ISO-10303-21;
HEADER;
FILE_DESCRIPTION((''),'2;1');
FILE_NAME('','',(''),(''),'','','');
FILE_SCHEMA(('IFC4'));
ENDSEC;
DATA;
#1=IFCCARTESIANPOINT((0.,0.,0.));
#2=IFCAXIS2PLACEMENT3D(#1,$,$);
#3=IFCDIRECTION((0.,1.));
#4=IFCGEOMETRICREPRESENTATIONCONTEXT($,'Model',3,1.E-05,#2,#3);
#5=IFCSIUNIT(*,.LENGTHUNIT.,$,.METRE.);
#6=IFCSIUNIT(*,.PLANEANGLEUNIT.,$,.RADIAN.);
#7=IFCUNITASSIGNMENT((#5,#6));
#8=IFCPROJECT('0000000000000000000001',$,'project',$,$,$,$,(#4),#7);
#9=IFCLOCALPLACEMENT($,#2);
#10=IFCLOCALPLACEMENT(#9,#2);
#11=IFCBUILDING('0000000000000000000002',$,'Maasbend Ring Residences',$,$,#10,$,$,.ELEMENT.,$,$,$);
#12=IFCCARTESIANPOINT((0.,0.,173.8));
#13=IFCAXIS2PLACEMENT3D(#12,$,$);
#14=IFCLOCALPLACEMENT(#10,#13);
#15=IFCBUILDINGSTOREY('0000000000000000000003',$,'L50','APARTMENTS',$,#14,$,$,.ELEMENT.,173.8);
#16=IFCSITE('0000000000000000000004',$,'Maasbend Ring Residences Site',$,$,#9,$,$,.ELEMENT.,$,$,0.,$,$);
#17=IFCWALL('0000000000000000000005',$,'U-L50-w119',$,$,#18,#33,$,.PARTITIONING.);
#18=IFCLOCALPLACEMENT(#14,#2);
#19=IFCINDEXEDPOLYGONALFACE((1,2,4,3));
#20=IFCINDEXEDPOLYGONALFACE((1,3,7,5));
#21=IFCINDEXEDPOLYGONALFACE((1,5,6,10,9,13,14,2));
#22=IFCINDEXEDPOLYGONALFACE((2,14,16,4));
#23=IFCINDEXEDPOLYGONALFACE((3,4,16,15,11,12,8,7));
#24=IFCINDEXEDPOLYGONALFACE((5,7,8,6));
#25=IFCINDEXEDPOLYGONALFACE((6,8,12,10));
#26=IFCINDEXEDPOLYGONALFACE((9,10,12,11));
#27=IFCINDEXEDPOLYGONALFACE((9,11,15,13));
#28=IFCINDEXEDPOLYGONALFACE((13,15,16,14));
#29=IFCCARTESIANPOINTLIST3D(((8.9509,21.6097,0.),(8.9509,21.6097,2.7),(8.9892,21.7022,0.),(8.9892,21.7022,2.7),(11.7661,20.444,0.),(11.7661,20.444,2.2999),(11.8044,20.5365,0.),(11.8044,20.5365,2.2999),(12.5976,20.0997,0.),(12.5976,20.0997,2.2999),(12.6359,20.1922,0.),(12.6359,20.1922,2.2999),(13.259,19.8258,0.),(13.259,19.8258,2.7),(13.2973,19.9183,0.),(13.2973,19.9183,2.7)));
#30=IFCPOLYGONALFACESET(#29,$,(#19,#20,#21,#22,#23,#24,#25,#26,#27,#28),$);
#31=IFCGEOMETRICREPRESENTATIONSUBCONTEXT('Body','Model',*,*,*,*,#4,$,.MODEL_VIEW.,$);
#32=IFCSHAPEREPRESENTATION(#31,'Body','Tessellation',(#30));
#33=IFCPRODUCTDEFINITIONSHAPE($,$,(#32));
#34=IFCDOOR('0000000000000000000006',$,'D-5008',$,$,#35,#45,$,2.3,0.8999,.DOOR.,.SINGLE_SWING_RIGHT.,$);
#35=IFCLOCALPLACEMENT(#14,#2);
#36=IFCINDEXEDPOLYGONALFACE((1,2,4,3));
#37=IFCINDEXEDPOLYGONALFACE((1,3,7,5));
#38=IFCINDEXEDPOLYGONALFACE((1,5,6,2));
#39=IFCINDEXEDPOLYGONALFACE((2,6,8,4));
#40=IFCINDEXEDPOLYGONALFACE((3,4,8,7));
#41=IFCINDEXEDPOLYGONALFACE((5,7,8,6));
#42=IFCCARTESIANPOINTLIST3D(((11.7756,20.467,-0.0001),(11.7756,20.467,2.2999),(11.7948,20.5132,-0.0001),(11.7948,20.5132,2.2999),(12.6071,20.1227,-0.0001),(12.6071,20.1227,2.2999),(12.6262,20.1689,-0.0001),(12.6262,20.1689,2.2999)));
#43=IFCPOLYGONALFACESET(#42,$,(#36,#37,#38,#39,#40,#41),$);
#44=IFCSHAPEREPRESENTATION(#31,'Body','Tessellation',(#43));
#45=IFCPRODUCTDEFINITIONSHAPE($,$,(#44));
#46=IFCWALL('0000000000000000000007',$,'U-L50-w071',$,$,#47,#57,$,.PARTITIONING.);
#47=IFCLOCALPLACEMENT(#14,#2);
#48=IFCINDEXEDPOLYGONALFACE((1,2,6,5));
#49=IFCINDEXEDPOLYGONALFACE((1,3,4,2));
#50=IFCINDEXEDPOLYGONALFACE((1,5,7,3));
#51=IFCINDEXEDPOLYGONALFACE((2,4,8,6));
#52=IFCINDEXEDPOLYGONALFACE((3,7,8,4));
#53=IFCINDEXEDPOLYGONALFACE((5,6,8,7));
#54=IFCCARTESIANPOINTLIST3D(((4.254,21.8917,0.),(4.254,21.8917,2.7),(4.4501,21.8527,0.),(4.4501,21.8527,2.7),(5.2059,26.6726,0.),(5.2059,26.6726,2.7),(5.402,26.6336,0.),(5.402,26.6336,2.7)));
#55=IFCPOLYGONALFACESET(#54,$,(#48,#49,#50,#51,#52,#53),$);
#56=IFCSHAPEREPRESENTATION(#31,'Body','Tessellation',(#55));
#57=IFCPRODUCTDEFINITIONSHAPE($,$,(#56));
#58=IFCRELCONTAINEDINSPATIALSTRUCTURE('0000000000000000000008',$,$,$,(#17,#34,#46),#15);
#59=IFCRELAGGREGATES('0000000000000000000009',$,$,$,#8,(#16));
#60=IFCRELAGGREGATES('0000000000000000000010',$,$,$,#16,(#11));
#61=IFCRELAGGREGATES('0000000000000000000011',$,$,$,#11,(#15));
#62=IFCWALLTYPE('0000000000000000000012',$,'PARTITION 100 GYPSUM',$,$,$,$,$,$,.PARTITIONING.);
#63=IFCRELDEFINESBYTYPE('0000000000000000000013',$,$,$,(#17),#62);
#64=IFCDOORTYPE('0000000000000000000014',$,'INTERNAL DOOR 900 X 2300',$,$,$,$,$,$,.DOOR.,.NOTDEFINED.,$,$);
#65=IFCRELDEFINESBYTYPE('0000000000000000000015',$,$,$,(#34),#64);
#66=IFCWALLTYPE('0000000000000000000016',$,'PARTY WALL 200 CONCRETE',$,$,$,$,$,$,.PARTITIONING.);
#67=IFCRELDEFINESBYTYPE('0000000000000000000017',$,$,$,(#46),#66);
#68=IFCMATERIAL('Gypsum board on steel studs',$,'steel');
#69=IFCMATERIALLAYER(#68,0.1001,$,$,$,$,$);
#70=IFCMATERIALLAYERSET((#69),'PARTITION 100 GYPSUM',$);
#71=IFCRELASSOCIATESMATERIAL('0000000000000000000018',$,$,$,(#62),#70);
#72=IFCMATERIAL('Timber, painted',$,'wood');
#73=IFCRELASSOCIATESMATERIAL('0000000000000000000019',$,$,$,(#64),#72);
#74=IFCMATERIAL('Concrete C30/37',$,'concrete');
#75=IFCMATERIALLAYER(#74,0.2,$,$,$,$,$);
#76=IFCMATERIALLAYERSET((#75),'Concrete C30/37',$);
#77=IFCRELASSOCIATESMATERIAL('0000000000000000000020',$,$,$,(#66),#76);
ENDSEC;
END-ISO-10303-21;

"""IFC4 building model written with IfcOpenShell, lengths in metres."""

from ifc_helpers import new_model, si_unit, direction, frame, frame_2d, origin, place, context, subcontext, project, spatial, rectangle, extrude, material, layer, layer_set, type_object, element, fill, save


model = new_model("IFC4")

# Units and contexts
model_context = context("Model", 3, precision=1e-05, world=origin(), true_north=direction((0.0, 1.0)))
body_context = subcontext(model_context, "Body", "Model", "MODEL_VIEW")
ifc_project = project(units=[si_unit("LENGTHUNIT", "METRE"), si_unit("PLANEANGLEUNIT", "RADIAN")], contexts=[model_context])

# Site, building, storey
site_placement = place(None, origin())
site = spatial("IfcSite", under=ifc_project, at=site_placement, Name="Maasbend Ring Residences Site", CompositionType="ELEMENT", RefElevation=0.0)
building_placement = place(site_placement, origin())
building = spatial("IfcBuilding", under=site, at=building_placement, Name="Maasbend Ring Residences", CompositionType="ELEMENT")
storey_placement = place(building_placement, frame((0.0, 0.0, 173.8)))
storey = spatial("IfcBuildingStorey", under=building, at=storey_placement, Name="L50", Description="APARTMENTS", CompositionType="ELEMENT", Elevation=173.8)

# Shared definitions
ifc_material_1 = material(Name="Gypsum board on steel studs", Category="steel")
ifc_layer_1 = layer(ifc_material_1, 0.1001)
ifc_layer_set_1 = layer_set([ifc_layer_1], Name="PARTITION 100 GYPSUM")
wall_type_1 = type_object("IfcWallType", Name="PARTITION 100 GYPSUM", PredefinedType="PARTITIONING", material=ifc_layer_set_1)
ifc_material_2 = material(Name="Timber, painted", Category="wood")
door_type_1 = type_object("IfcDoorType", Name="INTERNAL DOOR 900 X 2300", OperationType="NOTDEFINED", PredefinedType="DOOR", material=ifc_material_2)

# Wall, opening, door
wall_1_placement = place(storey_placement, frame((8.97, 21.656, 0.0), z_axis=(0.0, 0.0, 1.0), x_axis=(0.92392, -0.382585, 0.0)))
wall_1 = element("IfcWall", 1, at=wall_1_placement, inside=storey, type_object=wall_type_1, Name="U-L50-w119", PredefinedType="PARTITIONING", context=body_context, shape_type="SweptSolid", body=[
    extrude(rectangle(XDim=4.6628, YDim=0.1001, at=frame_2d((2.3315, 0.0))), origin(), (0.0, 0.0, 1.0), 2.7),
])
opening_1_placement = place(wall_1_placement, frame((3.0471, 0.0, 0.0)))
opening_1 = element("IfcOpeningElement", 2, at=opening_1_placement, cuts=wall_1, PredefinedType="OPENING", context=body_context, shape_type="SweptSolid", body=[
    extrude(rectangle(XDim=0.8999, YDim=2.3, at=frame_2d((0.45, 1.1499))), frame((0.0, 0.0601, 0.0), z_axis=(0.0, -1.0, 0.0), x_axis=(1.0, 0.0, 0.0)), (0.0, 0.0, 1.0), 0.1201),
])
door_1_placement = place(opening_1_placement, origin())
door_1 = element("IfcDoor", 3, at=door_1_placement, inside=storey, type_object=door_type_1, Name="D-5008", OperationType="SINGLE_SWING_RIGHT", OverallHeight=2.3, OverallWidth=0.8999, PredefinedType="DOOR", context=body_context, shape_type="SweptSolid", body=[
    extrude(rectangle(XDim=0.8999, YDim=2.3, at=frame_2d((0.45, 1.1499))), frame((0.0, 0.0249, 0.0), z_axis=(0.0, -1.0, 0.0), x_axis=(1.0, 0.0, 0.0)), (0.0, 0.0, 1.0), 0.05),
])
fill(opening_1, door_1)

# Wall
ifc_material_3 = material(Name="Concrete C30/37", Category="concrete")
ifc_layer_2 = layer(ifc_material_3, 0.2)
ifc_layer_set_2 = layer_set([ifc_layer_2], Name="Concrete C30/37")
wall_type_2 = type_object("IfcWallType", Name="PARTY WALL 200 CONCRETE", PredefinedType="PARTITIONING", material=ifc_layer_set_2)
wall_2_placement = place(storey_placement, frame((4.3521, 21.8721, 0.0), z_axis=(0.0, 0.0, 1.0), x_axis=(0.195269, 0.98075, 0.0)))
element("IfcWall", 4, at=wall_2_placement, inside=storey, type_object=wall_type_2, Name="U-L50-w071", PredefinedType="PARTITIONING", context=body_context, shape_type="SweptSolid", body=[
    extrude(rectangle(XDim=4.8748, YDim=0.2, at=frame_2d((2.4375, 0.0))), origin(), (0.0, 0.0, 1.0), 2.7),
])

save(model, "model.ifc")
